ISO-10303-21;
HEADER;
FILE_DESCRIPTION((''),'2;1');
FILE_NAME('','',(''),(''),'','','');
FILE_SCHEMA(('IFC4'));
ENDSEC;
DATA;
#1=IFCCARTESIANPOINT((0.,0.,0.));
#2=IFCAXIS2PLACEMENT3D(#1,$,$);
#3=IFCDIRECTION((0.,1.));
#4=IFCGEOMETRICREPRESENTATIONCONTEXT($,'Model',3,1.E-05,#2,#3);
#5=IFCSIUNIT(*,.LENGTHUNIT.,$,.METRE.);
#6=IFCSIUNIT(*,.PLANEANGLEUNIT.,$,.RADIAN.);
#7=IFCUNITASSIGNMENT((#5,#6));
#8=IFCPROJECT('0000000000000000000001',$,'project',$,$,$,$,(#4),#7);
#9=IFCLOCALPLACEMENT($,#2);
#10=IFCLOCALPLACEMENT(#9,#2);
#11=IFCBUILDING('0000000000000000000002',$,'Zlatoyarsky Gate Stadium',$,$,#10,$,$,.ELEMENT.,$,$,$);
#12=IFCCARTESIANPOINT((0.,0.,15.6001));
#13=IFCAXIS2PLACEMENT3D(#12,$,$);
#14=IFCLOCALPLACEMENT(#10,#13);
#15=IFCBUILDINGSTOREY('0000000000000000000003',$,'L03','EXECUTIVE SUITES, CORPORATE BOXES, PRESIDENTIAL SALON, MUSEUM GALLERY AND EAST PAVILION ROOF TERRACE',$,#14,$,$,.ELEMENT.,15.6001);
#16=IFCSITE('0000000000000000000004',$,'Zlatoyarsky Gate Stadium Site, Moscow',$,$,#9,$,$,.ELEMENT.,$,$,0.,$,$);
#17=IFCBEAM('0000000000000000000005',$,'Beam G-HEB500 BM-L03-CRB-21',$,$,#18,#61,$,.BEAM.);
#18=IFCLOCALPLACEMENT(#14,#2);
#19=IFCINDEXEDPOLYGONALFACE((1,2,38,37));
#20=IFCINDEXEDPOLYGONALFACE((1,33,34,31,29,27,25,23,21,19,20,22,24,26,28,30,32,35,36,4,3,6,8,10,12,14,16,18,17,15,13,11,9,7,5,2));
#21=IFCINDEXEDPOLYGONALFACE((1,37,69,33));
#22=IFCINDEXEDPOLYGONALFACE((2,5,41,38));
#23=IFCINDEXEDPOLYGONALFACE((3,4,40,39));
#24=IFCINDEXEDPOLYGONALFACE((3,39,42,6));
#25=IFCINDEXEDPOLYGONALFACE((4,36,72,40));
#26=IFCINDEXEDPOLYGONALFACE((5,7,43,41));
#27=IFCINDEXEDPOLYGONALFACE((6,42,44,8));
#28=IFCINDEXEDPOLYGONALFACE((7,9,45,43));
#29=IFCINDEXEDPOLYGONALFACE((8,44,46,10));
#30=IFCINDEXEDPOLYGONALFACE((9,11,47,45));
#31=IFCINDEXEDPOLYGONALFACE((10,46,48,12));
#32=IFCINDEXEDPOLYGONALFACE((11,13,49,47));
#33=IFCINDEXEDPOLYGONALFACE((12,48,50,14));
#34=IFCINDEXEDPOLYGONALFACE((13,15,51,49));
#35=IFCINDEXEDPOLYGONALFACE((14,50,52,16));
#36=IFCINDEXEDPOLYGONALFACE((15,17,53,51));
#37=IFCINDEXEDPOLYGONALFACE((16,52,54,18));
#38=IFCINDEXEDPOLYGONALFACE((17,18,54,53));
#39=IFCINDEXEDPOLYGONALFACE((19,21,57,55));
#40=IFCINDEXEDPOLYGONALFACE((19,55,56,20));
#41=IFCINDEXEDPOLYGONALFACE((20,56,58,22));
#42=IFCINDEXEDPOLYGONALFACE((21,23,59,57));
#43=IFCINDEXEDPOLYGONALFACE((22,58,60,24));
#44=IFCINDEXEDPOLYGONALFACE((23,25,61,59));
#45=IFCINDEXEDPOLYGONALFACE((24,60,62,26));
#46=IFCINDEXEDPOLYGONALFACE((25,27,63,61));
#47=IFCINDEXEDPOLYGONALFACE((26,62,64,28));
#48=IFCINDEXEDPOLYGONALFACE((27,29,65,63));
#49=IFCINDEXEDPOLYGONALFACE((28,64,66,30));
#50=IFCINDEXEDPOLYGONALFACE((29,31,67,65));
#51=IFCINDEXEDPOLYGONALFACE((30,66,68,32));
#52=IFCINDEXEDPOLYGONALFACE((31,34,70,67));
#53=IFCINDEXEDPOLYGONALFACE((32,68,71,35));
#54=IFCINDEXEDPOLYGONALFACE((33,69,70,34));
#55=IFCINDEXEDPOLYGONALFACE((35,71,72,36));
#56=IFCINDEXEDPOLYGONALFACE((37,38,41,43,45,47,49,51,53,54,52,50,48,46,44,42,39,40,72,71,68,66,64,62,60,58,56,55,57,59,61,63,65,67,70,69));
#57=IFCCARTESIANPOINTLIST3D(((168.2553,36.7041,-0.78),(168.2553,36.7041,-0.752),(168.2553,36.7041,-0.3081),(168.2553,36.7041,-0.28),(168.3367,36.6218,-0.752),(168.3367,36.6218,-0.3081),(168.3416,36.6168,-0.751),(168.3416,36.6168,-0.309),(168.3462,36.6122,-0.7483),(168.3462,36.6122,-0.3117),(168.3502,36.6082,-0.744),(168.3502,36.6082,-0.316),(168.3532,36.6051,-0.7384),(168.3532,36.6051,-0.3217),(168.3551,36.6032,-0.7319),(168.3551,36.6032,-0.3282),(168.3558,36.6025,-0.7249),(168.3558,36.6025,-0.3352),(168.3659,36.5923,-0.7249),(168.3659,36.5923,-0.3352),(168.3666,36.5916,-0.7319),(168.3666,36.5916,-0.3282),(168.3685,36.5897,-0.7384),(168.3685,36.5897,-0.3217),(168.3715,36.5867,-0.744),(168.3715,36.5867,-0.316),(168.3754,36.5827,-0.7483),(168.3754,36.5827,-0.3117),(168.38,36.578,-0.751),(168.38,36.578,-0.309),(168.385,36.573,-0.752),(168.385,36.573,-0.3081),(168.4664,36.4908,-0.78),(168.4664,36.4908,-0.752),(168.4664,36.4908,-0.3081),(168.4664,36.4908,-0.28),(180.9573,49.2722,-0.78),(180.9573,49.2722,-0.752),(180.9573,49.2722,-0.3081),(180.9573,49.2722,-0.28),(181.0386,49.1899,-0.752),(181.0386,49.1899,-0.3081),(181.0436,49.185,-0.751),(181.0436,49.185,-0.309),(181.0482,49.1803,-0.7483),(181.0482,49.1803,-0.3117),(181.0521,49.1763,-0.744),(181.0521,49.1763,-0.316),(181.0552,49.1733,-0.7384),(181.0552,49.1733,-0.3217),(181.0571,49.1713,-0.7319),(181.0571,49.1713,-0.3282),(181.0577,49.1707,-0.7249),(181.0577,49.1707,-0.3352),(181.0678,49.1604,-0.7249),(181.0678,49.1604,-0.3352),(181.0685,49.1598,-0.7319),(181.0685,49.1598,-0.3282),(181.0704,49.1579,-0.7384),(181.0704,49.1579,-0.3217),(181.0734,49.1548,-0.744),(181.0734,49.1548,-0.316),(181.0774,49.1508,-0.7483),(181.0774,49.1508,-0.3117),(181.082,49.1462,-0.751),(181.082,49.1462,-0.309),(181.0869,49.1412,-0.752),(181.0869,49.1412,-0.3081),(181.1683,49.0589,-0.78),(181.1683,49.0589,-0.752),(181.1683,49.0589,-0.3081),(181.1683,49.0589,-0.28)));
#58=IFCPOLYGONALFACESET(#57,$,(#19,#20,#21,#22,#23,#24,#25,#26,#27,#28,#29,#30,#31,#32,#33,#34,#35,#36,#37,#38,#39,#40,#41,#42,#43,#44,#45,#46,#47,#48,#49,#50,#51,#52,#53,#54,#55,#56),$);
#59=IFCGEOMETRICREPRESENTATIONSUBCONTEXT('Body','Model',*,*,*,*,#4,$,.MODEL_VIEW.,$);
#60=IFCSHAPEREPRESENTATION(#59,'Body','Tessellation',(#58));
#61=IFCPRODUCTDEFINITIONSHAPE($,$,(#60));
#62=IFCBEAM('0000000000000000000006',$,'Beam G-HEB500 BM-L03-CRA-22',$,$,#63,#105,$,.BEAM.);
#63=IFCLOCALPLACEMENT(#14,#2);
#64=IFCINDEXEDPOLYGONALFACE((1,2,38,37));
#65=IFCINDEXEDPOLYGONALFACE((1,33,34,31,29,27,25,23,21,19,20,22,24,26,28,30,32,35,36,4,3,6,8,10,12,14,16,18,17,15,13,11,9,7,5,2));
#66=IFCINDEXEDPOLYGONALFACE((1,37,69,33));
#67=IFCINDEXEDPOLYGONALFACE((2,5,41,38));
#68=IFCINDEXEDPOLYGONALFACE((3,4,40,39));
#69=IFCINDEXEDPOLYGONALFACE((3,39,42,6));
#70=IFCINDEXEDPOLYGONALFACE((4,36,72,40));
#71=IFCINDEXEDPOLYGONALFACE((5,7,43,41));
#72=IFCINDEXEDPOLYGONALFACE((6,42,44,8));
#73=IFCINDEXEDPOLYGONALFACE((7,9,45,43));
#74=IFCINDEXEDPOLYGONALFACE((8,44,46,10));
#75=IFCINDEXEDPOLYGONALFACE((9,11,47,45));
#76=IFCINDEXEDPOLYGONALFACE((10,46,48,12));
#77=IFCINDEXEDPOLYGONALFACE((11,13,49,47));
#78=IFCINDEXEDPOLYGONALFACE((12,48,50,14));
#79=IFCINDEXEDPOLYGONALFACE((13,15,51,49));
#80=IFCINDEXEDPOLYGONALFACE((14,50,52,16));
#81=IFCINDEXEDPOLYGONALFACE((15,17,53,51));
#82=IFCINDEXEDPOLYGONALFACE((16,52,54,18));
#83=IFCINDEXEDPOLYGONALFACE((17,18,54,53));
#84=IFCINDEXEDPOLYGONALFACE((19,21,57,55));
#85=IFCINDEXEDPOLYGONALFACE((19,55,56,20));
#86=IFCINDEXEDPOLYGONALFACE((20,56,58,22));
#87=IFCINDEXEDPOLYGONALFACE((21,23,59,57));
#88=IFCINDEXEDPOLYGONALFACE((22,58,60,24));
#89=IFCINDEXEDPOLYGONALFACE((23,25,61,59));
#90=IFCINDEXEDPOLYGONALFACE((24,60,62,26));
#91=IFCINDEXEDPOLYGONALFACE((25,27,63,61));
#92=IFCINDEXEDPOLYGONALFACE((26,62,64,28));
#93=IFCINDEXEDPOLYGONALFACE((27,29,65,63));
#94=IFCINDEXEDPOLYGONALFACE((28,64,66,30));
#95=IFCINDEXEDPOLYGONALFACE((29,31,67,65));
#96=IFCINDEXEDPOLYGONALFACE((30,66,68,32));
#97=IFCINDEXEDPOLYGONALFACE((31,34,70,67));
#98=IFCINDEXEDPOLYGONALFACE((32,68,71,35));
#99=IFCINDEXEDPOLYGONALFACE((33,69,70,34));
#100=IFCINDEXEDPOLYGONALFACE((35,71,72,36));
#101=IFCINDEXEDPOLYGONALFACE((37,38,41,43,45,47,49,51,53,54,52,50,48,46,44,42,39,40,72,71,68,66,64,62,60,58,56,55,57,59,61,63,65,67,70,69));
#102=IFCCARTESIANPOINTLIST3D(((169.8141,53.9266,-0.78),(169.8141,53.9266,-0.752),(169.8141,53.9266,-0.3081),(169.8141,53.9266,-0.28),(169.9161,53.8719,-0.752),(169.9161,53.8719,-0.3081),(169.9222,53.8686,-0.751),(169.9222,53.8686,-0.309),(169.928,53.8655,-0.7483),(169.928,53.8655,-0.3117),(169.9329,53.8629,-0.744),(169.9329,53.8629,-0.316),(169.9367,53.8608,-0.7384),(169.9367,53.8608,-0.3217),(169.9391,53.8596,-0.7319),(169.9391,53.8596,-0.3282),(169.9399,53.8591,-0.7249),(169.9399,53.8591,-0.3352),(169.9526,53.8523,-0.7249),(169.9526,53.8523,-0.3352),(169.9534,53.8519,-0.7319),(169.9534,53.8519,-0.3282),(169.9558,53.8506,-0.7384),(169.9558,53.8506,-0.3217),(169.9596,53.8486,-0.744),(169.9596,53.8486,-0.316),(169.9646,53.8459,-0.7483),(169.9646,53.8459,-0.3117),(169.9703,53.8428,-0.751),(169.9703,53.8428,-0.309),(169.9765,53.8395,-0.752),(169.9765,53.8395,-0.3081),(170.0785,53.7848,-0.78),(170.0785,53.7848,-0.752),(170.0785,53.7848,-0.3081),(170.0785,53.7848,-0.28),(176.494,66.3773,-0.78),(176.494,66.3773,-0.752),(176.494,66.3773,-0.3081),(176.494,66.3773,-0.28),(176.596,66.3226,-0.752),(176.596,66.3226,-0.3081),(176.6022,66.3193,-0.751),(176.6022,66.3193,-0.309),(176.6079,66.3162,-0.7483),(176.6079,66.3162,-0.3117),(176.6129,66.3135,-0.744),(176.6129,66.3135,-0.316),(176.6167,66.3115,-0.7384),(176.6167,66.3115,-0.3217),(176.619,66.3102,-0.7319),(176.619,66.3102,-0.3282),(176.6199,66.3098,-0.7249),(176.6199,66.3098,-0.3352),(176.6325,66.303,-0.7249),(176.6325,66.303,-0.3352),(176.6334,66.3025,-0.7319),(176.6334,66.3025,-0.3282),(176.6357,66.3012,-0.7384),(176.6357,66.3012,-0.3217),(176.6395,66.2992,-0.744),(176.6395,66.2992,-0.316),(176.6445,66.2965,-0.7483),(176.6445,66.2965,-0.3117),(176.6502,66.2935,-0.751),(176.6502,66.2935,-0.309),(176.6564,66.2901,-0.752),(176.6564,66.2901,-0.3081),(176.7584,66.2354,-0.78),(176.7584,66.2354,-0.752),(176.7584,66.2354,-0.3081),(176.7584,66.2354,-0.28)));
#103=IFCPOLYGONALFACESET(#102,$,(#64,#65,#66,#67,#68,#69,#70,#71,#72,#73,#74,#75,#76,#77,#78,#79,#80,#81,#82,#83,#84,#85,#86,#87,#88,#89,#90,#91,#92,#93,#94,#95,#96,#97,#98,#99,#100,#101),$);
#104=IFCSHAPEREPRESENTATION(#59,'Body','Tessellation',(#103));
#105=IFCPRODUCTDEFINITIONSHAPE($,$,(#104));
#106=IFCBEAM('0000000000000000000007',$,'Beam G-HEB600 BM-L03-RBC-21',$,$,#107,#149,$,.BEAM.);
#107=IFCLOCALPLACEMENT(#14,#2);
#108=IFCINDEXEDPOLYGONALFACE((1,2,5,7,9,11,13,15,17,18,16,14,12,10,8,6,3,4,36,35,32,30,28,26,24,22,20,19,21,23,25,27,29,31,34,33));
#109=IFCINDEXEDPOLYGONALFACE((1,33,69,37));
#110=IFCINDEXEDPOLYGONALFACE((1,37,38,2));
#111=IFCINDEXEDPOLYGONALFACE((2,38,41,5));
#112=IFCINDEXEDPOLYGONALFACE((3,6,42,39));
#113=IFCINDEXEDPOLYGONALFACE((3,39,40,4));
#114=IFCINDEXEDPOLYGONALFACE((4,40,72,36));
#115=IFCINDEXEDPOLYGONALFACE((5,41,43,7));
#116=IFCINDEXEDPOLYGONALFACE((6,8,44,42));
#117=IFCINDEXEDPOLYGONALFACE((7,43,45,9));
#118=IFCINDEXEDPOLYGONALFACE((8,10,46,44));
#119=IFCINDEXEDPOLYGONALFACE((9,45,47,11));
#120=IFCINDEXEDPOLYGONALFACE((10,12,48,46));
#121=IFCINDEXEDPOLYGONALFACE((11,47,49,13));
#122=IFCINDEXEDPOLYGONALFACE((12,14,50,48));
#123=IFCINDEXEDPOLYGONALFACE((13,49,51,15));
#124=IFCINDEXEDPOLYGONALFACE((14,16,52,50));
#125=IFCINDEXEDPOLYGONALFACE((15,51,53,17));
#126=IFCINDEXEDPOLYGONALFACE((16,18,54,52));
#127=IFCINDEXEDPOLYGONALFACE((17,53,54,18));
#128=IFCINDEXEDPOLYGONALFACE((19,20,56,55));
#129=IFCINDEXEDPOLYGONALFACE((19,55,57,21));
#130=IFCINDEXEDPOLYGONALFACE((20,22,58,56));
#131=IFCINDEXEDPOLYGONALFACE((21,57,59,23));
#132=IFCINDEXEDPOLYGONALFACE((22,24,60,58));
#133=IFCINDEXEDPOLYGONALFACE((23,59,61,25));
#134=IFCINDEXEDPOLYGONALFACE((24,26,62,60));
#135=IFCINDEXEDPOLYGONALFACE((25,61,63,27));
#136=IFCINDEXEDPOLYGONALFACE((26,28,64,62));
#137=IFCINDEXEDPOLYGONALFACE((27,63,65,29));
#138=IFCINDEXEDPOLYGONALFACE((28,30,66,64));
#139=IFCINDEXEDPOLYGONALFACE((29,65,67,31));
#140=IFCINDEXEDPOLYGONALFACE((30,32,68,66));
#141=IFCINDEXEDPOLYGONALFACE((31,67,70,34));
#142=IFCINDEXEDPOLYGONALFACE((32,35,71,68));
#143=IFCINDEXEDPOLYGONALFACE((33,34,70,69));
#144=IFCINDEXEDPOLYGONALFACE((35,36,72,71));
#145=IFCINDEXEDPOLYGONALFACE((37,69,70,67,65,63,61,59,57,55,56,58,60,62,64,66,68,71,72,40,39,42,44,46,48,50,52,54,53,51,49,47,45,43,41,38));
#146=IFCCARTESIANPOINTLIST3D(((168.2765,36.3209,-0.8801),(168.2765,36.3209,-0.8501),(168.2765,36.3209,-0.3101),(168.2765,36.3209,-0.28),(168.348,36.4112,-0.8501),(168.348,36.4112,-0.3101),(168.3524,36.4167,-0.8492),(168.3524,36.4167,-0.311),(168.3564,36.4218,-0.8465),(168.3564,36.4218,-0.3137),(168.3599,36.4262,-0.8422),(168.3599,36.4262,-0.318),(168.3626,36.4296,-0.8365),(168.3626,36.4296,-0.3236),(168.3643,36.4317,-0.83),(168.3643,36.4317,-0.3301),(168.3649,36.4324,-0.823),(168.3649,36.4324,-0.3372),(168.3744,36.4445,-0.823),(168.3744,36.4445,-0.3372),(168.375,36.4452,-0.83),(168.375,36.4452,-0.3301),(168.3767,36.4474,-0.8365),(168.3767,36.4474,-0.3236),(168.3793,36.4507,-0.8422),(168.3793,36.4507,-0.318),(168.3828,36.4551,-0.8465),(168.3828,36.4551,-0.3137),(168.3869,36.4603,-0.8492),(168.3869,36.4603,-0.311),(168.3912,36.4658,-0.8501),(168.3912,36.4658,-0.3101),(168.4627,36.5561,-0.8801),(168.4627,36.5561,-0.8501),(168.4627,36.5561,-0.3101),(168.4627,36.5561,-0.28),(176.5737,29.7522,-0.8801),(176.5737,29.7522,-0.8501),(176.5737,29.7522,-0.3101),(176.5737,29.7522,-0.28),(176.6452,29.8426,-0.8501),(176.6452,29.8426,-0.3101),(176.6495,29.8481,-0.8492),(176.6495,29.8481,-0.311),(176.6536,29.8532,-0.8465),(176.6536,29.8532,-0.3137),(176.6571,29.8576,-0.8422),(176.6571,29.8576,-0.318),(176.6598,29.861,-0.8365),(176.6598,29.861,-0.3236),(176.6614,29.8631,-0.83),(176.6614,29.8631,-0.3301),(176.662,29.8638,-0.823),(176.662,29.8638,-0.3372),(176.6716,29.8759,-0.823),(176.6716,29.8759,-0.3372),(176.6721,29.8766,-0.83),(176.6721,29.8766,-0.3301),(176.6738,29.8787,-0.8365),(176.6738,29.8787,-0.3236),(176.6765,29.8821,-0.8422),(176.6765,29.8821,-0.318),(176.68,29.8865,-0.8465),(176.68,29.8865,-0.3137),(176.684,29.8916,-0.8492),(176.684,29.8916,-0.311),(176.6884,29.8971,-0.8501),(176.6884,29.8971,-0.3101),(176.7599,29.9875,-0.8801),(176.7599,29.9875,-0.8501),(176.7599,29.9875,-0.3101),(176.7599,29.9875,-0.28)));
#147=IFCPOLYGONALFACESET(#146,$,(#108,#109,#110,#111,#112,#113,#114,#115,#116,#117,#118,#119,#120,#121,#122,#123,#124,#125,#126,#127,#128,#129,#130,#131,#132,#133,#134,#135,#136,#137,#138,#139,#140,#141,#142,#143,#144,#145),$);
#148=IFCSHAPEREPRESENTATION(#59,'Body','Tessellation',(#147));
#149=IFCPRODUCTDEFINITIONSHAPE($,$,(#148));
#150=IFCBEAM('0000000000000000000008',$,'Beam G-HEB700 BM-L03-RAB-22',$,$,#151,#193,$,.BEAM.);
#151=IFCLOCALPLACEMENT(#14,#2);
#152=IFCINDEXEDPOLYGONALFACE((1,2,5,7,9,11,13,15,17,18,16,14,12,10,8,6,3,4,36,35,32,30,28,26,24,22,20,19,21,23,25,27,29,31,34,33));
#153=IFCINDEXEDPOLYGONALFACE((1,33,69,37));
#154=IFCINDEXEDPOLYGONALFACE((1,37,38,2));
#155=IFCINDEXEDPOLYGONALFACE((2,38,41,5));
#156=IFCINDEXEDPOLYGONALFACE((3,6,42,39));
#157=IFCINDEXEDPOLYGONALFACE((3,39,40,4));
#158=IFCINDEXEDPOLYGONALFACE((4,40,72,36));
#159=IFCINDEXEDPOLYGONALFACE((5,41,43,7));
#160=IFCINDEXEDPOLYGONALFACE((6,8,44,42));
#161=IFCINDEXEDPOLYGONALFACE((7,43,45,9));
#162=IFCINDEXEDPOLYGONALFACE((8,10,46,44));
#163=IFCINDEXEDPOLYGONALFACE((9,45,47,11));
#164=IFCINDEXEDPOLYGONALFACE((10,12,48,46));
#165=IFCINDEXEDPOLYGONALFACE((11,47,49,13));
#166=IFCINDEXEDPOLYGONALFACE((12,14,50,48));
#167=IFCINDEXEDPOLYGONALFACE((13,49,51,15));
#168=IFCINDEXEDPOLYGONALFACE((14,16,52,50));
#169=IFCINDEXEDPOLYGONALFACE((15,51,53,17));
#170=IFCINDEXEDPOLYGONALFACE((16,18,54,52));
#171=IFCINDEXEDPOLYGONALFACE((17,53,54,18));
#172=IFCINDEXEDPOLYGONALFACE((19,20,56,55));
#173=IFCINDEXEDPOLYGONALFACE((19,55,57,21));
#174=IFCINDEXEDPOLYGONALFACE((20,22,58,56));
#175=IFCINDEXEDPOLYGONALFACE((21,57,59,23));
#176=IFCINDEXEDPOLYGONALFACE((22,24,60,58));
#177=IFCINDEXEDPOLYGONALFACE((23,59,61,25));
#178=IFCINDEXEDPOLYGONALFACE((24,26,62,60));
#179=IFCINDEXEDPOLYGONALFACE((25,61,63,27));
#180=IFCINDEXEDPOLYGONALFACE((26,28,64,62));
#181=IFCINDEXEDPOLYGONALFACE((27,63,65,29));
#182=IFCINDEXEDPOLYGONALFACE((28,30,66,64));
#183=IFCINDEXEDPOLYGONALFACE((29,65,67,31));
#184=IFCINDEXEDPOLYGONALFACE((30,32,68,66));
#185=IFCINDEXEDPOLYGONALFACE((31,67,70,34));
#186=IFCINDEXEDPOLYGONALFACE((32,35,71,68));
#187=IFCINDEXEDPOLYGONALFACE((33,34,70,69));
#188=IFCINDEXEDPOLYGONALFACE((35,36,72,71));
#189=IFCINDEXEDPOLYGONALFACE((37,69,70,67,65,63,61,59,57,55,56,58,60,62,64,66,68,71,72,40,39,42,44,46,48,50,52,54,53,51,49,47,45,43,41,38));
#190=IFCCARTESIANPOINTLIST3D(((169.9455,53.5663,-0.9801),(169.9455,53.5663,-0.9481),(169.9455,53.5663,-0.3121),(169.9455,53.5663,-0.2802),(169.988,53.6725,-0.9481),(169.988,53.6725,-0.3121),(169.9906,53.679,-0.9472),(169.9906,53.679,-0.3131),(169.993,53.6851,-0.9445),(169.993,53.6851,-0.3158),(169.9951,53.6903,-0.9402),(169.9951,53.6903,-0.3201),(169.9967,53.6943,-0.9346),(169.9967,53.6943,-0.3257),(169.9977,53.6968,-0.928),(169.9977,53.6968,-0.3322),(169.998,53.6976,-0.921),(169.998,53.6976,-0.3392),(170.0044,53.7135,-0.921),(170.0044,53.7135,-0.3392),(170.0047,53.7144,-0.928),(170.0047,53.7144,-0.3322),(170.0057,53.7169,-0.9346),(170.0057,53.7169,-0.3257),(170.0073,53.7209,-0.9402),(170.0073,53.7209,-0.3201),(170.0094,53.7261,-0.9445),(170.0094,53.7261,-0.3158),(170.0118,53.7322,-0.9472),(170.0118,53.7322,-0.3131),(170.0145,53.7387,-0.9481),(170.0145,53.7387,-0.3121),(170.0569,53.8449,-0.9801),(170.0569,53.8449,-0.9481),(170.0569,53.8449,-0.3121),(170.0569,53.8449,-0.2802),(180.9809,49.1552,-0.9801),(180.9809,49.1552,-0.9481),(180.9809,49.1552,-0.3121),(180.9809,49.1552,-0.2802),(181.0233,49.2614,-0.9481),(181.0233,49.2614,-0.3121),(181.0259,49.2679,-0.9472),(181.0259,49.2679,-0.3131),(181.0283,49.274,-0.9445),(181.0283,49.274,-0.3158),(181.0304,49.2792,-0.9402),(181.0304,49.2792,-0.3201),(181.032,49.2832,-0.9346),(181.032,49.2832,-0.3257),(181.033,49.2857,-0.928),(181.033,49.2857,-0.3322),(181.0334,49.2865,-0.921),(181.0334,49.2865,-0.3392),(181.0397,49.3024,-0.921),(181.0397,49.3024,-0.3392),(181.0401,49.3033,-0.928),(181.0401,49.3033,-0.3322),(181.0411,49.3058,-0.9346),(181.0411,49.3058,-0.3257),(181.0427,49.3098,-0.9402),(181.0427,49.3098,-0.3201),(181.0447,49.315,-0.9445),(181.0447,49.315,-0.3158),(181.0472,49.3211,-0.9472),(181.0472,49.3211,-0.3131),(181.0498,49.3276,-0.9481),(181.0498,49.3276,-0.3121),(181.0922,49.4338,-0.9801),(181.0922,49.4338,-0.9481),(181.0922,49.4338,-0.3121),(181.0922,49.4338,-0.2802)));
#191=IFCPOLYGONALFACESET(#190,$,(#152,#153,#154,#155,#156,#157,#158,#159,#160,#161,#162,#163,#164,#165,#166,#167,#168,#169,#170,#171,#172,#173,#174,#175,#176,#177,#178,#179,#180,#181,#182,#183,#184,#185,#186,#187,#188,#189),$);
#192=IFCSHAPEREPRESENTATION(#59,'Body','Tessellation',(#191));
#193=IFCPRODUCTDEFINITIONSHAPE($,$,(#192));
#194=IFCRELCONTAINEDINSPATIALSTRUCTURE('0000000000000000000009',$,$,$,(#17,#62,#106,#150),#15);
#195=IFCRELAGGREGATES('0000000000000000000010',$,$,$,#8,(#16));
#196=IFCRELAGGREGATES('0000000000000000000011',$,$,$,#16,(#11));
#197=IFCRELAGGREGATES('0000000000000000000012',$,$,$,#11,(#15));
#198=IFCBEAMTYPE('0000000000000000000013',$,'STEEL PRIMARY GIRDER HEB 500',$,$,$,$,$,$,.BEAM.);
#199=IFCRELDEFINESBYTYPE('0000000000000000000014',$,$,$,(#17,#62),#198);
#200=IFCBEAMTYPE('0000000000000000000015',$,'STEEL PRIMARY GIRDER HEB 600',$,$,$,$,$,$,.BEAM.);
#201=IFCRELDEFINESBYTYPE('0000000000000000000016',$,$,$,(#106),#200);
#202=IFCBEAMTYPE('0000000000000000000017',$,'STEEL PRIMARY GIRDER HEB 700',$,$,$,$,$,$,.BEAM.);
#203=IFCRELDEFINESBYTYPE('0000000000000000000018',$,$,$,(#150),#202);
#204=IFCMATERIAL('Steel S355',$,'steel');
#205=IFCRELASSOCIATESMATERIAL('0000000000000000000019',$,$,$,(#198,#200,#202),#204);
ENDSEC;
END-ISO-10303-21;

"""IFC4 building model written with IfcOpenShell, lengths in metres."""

from ifc_helpers import new_model, si_unit, direction, frame, origin, origin_2d, place, context, subcontext, project, spatial, i_section, extrude, material, material_profile, profile_set, type_object, element, save


model = new_model("IFC4")

# Units and contexts
model_context = context("Model", 3, precision=1e-05, world=origin(), true_north=direction((0.0, 1.0)))
body_context = subcontext(model_context, "Body", "Model", "MODEL_VIEW")
ifc_project = project(units=[si_unit("LENGTHUNIT", "METRE"), si_unit("PLANEANGLEUNIT", "RADIAN")], contexts=[model_context])

# Site, building, storey
site_placement = place(None, origin())
site = spatial("IfcSite", under=ifc_project, at=site_placement, Name="Zlatoyarsky Gate Stadium Site, Moscow", CompositionType="ELEMENT", RefElevation=0.0)
building_placement = place(site_placement, origin())
building = spatial("IfcBuilding", under=site, at=building_placement, Name="Zlatoyarsky Gate Stadium", CompositionType="ELEMENT")
storey_placement = place(building_placement, frame((0.0, 0.0, 15.6001)))
storey = spatial("IfcBuildingStorey", under=building, at=storey_placement, Name="L03", Description="EXECUTIVE SUITES, CORPORATE BOXES, PRESIDENTIAL SALON, MUSEUM GALLERY AND EAST PAVILION ROOF TERRACE", CompositionType="ELEMENT", Elevation=15.6001)

# Shared definitions
ifc_material_1 = material(Name="Steel S355", Category="steel")

# Beams
ifc_material_profile_1 = material_profile(ifc_material_1, i_section(OverallWidth=0.3, OverallDepth=0.5, WebThickness=0.0144, FlangeThickness=0.0281, FilletRadius=0.0271, at=origin_2d()), Name="HEB 500")
ifc_profile_set_1 = profile_set([ifc_material_profile_1], Name="Steel S355")
beam_type_1 = type_object("IfcBeamType", Name="STEEL PRIMARY GIRDER HEB 500", PredefinedType="BEAM", material=ifc_profile_set_1)
beam_1_placement = place(storey_placement, frame((168.3608, 36.5974, -0.53), z_axis=(0.710841, 0.703353, 0.0), x_axis=(-0.703353, 0.710841, 0.0)))
element("IfcBeam", 1, at=beam_1_placement, inside=storey, type_object=beam_type_1, Name="Beam G-HEB500 BM-L03-CRB-21", PredefinedType="BEAM", context=body_context, shape_type="SweptSolid", body=[
    extrude(i_section(OverallWidth=0.3, OverallDepth=0.5, WebThickness=0.0144, FlangeThickness=0.0281, FilletRadius=0.0271, at=origin_2d()), origin(), (0.0, 0.0, 1.0), 17.8689),
])
beam_2_placement = place(storey_placement, frame((169.9463, 53.8557, -0.53), z_axis=(0.472767, 0.881187, 0.0), x_axis=(-0.881187, 0.472767, 0.0)))
element("IfcBeam", 2, at=beam_2_placement, inside=storey, type_object=beam_type_1, Name="Beam G-HEB500 BM-L03-CRA-22", PredefinedType="BEAM", context=body_context, shape_type="SweptSolid", body=[
    extrude(i_section(OverallWidth=0.3, OverallDepth=0.5, WebThickness=0.0144, FlangeThickness=0.0281, FilletRadius=0.0271, at=origin_2d()), origin(), (0.0, 0.0, 1.0), 14.1294),
])
ifc_material_profile_2 = material_profile(ifc_material_1, i_section(OverallWidth=0.3, OverallDepth=0.6001, WebThickness=0.0154, FlangeThickness=0.03, FilletRadius=0.0271, at=origin_2d()), Name="HEB 600")
ifc_profile_set_2 = profile_set([ifc_material_profile_2], Name="Steel S355")
beam_type_2 = type_object("IfcBeamType", Name="STEEL PRIMARY GIRDER HEB 600", PredefinedType="BEAM", material=ifc_profile_set_2)
beam_3_placement = place(storey_placement, frame((168.3696, 36.4385, -0.5801), z_axis=(0.784043, -0.620706, 0.0), x_axis=(0.620706, 0.784043, 0.0)))
element("IfcBeam", 3, at=beam_3_placement, inside=storey, type_object=beam_type_2, Name="Beam G-HEB600 BM-L03-RBC-21", PredefinedType="BEAM", context=body_context, shape_type="SweptSolid", body=[
    extrude(i_section(OverallWidth=0.3, OverallDepth=0.6001, WebThickness=0.0154, FlangeThickness=0.03, FilletRadius=0.0271, at=origin_2d()), origin(), (0.0, 0.0, 1.0), 10.5825),
])
ifc_material_profile_3 = material_profile(ifc_material_1, i_section(OverallWidth=0.3, OverallDepth=0.7, WebThickness=0.0171, FlangeThickness=0.032, FilletRadius=0.0271, at=origin_2d()), Name="HEB 700")
ifc_profile_set_3 = profile_set([ifc_material_profile_3], Name="Steel S355")
beam_type_3 = type_object("IfcBeamType", Name="STEEL PRIMARY GIRDER HEB 700", PredefinedType="BEAM", material=ifc_profile_set_3)
beam_4_placement = place(storey_placement, frame((170.0012, 53.7056, -0.6301), z_axis=(0.928565, -0.371171, 0.0), x_axis=(0.371171, 0.928565, 0.0)))
element("IfcBeam", 4, at=beam_4_placement, inside=storey, type_object=beam_type_3, Name="Beam G-HEB700 BM-L03-RAB-22", PredefinedType="BEAM", context=body_context, shape_type="SweptSolid", body=[
    extrude(i_section(OverallWidth=0.3, OverallDepth=0.7, WebThickness=0.0171, FlangeThickness=0.032, FilletRadius=0.0271, at=origin_2d()), origin(), (0.0, 0.0, 1.0), 11.8843),
])

save(model, "model.ifc")
